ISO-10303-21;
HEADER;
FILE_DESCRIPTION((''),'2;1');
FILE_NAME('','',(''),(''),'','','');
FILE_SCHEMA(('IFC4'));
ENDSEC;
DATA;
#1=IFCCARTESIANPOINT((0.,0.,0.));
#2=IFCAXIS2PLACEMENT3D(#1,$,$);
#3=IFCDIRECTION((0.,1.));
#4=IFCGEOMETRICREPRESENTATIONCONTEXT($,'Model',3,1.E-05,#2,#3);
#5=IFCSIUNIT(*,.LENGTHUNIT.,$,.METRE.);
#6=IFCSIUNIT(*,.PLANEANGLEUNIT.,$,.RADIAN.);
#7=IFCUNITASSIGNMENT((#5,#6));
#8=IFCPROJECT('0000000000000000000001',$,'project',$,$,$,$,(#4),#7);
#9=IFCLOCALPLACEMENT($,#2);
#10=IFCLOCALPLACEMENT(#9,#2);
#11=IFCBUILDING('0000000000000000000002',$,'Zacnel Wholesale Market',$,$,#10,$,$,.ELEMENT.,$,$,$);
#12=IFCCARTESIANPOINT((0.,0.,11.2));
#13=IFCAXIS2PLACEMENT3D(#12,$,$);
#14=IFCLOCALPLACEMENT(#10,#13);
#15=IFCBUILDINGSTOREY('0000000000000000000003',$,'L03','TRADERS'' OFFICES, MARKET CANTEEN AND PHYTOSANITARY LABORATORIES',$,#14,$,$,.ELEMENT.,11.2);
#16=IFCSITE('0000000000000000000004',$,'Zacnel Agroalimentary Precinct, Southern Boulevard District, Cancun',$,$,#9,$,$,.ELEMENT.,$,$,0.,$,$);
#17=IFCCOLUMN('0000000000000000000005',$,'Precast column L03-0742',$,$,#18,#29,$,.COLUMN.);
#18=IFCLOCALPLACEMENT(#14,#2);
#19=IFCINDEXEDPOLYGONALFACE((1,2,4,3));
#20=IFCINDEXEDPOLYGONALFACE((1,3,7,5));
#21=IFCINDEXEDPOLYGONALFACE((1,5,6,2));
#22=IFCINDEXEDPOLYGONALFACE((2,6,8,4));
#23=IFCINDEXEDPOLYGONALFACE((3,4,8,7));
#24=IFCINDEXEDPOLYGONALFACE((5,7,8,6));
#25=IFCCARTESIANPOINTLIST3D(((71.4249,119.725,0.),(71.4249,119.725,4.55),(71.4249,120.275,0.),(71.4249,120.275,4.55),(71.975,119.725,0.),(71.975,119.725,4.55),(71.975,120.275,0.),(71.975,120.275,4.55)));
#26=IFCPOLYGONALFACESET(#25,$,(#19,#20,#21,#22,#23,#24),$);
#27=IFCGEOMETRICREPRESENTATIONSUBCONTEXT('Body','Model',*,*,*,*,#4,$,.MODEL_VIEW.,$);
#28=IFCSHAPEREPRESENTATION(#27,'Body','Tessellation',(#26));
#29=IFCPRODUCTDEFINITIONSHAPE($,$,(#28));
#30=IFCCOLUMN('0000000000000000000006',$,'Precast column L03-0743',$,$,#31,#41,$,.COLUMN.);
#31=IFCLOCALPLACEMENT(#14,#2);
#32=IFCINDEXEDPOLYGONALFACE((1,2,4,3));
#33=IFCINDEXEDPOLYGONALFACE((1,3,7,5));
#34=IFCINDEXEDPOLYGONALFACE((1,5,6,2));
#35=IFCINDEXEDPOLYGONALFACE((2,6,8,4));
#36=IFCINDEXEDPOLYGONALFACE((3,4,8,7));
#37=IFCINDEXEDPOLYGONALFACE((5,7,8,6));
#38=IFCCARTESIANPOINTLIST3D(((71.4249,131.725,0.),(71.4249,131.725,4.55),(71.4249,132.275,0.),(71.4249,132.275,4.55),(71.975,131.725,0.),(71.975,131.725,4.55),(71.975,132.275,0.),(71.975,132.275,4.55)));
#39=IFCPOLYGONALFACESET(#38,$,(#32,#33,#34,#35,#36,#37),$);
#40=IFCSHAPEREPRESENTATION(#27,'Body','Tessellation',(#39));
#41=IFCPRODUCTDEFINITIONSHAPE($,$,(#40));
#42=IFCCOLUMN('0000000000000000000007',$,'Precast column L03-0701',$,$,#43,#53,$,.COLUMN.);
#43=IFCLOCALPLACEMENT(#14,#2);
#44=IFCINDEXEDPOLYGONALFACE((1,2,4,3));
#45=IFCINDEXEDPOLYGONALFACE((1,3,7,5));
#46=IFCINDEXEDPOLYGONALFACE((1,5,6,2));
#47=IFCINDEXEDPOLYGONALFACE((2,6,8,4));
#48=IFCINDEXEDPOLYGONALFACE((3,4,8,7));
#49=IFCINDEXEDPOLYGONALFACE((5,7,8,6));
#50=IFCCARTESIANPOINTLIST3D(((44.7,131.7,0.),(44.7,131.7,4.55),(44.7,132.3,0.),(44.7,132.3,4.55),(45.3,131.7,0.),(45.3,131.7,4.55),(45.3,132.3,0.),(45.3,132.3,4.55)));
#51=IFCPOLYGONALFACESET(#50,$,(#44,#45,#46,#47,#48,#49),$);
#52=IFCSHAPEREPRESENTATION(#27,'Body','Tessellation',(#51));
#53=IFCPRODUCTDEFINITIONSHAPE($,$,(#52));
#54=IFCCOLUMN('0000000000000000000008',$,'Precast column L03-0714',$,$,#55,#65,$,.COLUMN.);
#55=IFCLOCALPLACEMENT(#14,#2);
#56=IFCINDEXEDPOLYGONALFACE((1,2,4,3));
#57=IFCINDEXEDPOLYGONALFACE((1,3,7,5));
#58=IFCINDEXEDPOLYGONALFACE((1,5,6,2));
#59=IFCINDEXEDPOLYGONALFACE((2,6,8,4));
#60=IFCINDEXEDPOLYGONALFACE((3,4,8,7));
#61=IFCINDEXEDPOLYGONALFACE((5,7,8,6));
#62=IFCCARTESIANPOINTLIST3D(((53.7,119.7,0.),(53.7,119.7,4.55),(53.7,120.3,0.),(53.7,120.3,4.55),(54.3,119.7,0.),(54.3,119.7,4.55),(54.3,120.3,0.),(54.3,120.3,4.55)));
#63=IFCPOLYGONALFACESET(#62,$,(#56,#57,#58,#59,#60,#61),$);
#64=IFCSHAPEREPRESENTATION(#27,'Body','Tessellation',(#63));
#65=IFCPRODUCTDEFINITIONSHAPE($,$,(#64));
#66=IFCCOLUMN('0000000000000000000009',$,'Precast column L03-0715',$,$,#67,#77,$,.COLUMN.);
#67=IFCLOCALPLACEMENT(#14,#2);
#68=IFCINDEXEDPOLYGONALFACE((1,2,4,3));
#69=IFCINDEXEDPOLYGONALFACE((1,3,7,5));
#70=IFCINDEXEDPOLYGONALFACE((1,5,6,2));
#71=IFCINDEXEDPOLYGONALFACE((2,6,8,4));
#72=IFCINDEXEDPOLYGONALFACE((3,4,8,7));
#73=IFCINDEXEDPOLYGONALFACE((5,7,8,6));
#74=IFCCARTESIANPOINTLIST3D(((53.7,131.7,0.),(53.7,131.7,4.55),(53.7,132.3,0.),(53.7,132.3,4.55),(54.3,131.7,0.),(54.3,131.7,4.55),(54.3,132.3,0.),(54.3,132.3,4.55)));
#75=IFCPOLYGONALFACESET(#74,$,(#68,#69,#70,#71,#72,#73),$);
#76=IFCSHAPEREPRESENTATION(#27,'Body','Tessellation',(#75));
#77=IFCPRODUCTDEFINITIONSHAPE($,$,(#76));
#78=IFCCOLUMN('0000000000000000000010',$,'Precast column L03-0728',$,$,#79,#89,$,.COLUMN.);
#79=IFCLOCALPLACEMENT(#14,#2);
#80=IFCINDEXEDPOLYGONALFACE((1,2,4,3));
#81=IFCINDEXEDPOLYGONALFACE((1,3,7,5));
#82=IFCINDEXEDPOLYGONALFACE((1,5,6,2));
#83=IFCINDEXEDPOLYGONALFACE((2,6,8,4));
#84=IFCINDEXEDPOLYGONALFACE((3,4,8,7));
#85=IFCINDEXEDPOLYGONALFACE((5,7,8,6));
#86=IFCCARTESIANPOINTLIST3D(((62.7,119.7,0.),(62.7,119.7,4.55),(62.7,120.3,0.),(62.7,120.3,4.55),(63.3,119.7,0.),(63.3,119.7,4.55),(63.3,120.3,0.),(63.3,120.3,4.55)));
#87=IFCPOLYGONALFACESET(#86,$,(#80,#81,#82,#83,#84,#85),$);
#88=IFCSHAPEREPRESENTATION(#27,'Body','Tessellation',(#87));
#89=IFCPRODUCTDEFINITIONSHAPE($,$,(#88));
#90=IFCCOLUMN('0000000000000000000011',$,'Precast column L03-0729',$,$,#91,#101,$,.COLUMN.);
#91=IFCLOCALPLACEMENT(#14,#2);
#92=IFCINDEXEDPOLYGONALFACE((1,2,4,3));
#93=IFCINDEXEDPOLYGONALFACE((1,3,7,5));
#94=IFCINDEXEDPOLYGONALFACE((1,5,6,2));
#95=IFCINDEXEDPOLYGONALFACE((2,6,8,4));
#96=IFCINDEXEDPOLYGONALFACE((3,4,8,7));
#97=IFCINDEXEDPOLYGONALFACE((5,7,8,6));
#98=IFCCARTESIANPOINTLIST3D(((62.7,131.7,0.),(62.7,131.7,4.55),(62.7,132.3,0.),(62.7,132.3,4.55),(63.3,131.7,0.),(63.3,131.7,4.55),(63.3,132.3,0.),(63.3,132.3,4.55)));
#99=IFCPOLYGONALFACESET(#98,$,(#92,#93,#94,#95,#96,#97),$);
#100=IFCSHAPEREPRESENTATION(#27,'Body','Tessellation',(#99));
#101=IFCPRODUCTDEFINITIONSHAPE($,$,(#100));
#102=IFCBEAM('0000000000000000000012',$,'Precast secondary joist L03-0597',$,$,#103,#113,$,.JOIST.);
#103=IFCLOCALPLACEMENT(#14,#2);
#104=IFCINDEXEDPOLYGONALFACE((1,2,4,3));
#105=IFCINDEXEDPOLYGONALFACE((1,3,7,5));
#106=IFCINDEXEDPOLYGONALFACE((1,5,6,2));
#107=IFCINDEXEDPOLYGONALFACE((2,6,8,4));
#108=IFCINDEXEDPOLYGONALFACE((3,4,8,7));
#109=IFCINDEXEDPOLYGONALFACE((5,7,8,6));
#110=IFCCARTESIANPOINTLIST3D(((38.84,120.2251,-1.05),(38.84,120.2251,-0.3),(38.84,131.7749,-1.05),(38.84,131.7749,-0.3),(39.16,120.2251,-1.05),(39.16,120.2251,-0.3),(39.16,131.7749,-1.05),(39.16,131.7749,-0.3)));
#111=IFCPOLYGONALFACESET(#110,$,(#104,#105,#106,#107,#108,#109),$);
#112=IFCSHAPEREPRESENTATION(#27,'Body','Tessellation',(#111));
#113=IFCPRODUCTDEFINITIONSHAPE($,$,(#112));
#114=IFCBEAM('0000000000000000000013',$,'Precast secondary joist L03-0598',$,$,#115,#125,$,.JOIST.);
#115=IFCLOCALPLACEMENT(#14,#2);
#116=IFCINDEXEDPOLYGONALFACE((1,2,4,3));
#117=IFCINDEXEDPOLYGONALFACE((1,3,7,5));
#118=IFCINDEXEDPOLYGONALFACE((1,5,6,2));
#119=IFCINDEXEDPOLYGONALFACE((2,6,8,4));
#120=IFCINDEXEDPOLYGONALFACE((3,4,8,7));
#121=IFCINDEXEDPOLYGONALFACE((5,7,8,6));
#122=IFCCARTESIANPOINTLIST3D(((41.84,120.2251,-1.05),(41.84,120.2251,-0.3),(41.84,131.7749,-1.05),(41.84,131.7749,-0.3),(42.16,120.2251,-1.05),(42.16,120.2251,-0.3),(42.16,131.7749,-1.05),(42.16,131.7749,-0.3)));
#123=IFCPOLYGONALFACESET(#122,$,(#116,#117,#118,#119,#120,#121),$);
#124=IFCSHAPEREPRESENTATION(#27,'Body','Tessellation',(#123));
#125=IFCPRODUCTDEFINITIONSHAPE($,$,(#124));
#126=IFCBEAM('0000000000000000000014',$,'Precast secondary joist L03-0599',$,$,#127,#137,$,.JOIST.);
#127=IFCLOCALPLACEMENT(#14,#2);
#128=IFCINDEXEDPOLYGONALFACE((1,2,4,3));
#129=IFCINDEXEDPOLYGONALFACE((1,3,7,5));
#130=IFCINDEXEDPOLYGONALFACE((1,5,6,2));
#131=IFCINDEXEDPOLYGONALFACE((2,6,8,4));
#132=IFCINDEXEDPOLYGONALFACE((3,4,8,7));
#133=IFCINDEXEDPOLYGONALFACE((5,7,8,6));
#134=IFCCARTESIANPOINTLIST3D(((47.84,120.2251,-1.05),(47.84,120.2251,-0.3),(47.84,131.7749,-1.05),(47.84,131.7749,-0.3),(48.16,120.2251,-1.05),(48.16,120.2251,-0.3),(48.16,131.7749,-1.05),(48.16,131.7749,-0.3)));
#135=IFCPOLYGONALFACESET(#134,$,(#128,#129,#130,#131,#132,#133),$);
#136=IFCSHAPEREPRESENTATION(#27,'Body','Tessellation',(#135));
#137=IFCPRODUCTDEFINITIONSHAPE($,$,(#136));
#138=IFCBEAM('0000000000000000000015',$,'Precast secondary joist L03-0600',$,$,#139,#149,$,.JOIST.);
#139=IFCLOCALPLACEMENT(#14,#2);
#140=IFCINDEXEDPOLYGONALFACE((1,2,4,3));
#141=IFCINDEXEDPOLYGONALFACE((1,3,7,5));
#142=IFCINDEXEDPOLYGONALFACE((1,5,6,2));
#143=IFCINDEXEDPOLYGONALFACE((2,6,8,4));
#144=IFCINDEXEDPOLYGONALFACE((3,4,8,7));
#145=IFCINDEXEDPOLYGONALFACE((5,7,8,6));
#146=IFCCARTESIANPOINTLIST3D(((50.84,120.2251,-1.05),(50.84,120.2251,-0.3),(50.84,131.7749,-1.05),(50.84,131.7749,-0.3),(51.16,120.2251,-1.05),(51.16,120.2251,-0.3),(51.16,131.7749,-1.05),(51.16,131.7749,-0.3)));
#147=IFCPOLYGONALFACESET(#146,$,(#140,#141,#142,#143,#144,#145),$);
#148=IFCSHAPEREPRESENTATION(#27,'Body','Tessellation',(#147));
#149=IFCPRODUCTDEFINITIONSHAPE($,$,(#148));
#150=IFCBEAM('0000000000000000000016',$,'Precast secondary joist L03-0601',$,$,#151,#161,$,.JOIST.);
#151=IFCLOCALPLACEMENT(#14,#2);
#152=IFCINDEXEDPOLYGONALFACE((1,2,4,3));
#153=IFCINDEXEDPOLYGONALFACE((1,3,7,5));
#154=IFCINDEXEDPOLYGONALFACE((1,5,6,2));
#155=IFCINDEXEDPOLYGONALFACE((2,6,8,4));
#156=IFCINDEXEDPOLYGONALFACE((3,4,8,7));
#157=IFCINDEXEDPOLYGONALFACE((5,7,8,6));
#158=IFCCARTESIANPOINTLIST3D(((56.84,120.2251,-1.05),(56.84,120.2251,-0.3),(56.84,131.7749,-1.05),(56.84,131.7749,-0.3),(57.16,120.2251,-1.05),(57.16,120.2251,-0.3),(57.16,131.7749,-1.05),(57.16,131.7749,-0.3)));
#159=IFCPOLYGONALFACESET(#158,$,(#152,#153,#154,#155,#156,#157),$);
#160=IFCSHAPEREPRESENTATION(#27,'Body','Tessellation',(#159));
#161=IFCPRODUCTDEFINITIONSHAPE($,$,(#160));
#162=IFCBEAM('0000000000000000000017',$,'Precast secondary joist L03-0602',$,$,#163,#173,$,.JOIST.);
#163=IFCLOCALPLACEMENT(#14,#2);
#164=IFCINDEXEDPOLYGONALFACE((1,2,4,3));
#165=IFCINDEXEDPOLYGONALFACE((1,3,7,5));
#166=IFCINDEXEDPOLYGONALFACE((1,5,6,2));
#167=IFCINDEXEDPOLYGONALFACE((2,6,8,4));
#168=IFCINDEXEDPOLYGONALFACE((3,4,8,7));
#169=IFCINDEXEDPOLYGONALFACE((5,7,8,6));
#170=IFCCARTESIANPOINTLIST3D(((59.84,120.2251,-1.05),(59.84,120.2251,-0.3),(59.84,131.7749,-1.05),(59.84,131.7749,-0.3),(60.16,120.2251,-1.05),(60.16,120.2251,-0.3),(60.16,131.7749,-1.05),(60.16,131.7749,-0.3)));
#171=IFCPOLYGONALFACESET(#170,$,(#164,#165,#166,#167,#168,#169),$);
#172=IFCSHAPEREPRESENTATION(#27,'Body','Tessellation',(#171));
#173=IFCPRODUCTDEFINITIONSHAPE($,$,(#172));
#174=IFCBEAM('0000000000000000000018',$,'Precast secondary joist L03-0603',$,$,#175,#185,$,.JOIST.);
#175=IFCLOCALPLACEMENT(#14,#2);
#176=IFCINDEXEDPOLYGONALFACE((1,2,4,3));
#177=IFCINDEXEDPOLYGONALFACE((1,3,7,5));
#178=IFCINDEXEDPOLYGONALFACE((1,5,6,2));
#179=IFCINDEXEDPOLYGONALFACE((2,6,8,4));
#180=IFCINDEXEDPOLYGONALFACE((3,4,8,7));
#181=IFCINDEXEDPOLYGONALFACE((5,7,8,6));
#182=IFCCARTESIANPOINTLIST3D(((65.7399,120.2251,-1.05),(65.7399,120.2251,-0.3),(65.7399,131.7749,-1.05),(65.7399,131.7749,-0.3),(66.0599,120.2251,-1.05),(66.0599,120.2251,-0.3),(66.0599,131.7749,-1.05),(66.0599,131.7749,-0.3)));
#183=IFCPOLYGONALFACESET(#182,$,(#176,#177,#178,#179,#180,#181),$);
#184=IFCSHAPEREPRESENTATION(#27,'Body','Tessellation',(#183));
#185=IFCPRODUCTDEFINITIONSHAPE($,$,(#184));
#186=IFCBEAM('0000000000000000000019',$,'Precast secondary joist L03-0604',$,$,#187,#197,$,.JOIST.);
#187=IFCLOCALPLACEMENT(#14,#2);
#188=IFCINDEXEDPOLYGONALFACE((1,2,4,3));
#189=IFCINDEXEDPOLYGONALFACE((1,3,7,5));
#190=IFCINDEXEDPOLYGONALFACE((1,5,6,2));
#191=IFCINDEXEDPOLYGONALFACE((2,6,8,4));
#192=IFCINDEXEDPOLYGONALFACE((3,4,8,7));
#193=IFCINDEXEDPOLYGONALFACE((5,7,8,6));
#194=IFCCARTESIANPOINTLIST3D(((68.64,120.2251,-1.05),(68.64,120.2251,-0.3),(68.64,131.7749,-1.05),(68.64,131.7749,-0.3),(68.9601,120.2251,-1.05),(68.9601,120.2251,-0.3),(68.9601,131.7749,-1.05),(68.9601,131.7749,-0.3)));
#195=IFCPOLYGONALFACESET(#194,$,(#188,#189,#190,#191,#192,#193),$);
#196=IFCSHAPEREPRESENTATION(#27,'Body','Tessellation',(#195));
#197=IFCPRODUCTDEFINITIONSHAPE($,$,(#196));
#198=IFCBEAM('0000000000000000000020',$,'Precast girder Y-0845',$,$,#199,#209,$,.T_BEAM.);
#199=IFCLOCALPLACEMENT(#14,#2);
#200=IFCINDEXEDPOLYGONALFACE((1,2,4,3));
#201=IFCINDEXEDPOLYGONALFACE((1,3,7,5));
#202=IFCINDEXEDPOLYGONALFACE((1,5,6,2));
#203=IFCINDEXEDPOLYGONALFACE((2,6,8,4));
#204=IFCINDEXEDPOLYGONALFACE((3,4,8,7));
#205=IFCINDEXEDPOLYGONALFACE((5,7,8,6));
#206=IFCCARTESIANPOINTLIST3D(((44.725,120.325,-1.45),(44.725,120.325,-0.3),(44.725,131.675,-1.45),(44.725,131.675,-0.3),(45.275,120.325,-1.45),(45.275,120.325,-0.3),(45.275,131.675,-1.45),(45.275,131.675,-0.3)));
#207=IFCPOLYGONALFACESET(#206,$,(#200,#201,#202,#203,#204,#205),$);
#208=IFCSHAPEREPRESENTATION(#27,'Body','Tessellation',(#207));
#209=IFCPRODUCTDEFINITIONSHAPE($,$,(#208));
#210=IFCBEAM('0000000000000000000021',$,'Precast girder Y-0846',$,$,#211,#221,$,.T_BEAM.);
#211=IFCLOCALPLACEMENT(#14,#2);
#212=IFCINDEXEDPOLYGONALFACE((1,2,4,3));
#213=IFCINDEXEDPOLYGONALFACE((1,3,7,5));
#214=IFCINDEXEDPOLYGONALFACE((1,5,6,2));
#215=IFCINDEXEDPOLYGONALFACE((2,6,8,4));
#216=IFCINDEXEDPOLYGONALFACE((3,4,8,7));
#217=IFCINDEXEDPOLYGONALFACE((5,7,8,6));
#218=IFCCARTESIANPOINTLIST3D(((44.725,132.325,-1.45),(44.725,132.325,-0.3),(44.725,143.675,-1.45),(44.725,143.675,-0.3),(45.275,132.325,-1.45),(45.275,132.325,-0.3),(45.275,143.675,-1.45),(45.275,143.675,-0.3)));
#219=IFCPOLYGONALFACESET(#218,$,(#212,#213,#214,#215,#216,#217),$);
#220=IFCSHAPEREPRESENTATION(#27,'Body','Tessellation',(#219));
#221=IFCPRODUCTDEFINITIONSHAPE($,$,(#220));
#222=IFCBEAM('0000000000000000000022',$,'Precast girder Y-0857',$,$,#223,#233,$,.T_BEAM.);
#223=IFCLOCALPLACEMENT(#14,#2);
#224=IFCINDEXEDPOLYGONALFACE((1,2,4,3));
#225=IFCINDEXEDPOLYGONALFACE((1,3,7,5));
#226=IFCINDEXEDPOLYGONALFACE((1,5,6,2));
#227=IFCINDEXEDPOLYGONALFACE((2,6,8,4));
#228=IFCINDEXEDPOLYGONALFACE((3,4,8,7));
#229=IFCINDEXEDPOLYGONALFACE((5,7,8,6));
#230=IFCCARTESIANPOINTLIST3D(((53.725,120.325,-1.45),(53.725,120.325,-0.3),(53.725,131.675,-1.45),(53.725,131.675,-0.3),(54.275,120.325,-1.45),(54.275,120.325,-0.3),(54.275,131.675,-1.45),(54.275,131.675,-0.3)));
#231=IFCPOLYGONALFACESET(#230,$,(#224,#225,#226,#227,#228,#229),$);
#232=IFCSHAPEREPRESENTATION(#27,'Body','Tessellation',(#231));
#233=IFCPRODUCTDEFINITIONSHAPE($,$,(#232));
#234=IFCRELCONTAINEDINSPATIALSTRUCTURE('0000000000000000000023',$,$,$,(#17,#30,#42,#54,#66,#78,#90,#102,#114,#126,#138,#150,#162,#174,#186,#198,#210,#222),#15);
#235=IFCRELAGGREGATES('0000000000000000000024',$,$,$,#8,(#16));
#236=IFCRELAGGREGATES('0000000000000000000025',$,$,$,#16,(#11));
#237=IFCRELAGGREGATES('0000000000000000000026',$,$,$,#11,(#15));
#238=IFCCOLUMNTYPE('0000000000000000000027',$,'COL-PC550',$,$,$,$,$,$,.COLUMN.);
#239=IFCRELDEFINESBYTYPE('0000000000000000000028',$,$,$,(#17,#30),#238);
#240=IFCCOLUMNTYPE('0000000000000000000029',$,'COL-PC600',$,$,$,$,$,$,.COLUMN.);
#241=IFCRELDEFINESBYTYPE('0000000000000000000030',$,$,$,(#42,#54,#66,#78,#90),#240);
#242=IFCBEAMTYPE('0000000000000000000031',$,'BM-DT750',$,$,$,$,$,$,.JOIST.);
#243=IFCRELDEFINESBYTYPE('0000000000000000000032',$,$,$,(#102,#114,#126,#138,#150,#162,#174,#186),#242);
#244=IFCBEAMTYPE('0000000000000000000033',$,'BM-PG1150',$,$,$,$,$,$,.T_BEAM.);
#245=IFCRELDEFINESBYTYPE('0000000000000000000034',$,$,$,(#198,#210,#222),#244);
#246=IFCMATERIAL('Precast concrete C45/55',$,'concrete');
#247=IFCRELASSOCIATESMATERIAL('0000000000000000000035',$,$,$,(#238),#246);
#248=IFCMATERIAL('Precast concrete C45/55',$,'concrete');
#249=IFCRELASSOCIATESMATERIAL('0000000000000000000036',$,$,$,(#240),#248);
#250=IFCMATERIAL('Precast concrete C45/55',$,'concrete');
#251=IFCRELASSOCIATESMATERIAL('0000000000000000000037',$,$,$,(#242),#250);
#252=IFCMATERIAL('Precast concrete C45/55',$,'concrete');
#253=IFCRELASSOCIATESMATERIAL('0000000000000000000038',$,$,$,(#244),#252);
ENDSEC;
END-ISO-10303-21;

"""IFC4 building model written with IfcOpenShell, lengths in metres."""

from ifc_helpers import new_model, si_unit, direction, frame, origin, origin_2d, place, context, subcontext, project, spatial, rectangle, extrude, material, material_profile, profile_set, type_object, element, save


model = new_model("IFC4")

# Units and contexts
model_context = context("Model", 3, precision=1e-05, world=origin(), true_north=direction((0.0, 1.0)))
body_context = subcontext(model_context, "Body", "Model", "MODEL_VIEW")
ifc_project = project(units=[si_unit("LENGTHUNIT", "METRE"), si_unit("PLANEANGLEUNIT", "RADIAN")], contexts=[model_context])

# Site, building, storey
site_placement = place(None, origin())
site = spatial("IfcSite", under=ifc_project, at=site_placement, Name="Zacnel Agroalimentary Precinct, Southern Boulevard District, Cancun", CompositionType="ELEMENT", RefElevation=0.0)
building_placement = place(site_placement, origin())
building = spatial("IfcBuilding", under=site, at=building_placement, Name="Zacnel Wholesale Market", CompositionType="ELEMENT")
storey_placement = place(building_placement, frame((0.0, 0.0, 11.2)))
storey = spatial("IfcBuildingStorey", under=building, at=storey_placement, Name="L03", Description="TRADERS' OFFICES, MARKET CANTEEN AND PHYTOSANITARY LABORATORIES", CompositionType="ELEMENT", Elevation=11.2)

# Columns
ifc_material_1 = material(Name="Precast concrete C45/55", Category="concrete")
ifc_material_profile_1 = material_profile(ifc_material_1, rectangle(XDim=0.55, YDim=0.55, at=origin_2d()), Name="PC 550x550")
ifc_profile_set_1 = profile_set([ifc_material_profile_1], Name="Precast concrete C45/55")
column_type_1 = type_object("IfcColumnType", Name="COL-PC550", PredefinedType="COLUMN", material=ifc_profile_set_1)
for number, where, z_axis, x_axis, name in (
    (1, (71.7, 120.0, 0.0), (0.0, 0.0, 1.0), (1.0, 0.0, 0.0), "Precast column L03-0742"),
    (2, (71.7, 132.0, 0.0), (0.0, 0.0, 1.0), (1.0, 0.0, 0.0), "Precast column L03-0743"),
):
    element("IfcColumn", number, at=place(storey_placement, frame(where, z_axis=z_axis, x_axis=x_axis)), inside=storey, type_object=column_type_1, Name=name, PredefinedType="COLUMN", context=body_context, shape_type="SweptSolid", body=[
        extrude(rectangle(XDim=0.55, YDim=0.55, at=origin_2d()), origin(), (0.0, 0.0, 1.0), 4.55),
    ])
ifc_material_2 = material(Name="Precast concrete C45/55", Category="concrete")
ifc_material_profile_2 = material_profile(ifc_material_2, rectangle(XDim=0.6001, YDim=0.6001, at=origin_2d()), Name="PC 600x600")
ifc_profile_set_2 = profile_set([ifc_material_profile_2], Name="Precast concrete C45/55")
column_type_2 = type_object("IfcColumnType", Name="COL-PC600", PredefinedType="COLUMN", material=ifc_profile_set_2)
for number, where, z_axis, x_axis, name in (
    (3, (45.0, 132.0, 0.0), (0.0, 0.0, 1.0), (1.0, 0.0, 0.0), "Precast column L03-0701"),
    (4, (54.0, 120.0, 0.0), (0.0, 0.0, 1.0), (1.0, 0.0, 0.0), "Precast column L03-0714"),
    (5, (54.0, 132.0, 0.0), (0.0, 0.0, 1.0), (1.0, 0.0, 0.0), "Precast column L03-0715"),
    (6, (63.0, 120.0, 0.0), (0.0, 0.0, 1.0), (1.0, 0.0, 0.0), "Precast column L03-0728"),
    (7, (63.0, 132.0, 0.0), (0.0, 0.0, 1.0), (1.0, 0.0, 0.0), "Precast column L03-0729"),
):
    element("IfcColumn", number, at=place(storey_placement, frame(where, z_axis=z_axis, x_axis=x_axis)), inside=storey, type_object=column_type_2, Name=name, PredefinedType="COLUMN", context=body_context, shape_type="SweptSolid", body=[
        extrude(rectangle(XDim=0.6001, YDim=0.6001, at=origin_2d()), origin(), (0.0, 0.0, 1.0), 4.55),
    ])

# Beams
ifc_material_3 = material(Name="Precast concrete C45/55", Category="concrete")
ifc_material_profile_3 = material_profile(ifc_material_3, rectangle(XDim=0.3201, YDim=0.75, at=origin_2d()), Name="DT RIB 320x750")
ifc_profile_set_3 = profile_set([ifc_material_profile_3], Name="Precast concrete C45/55")
beam_type_1 = type_object("IfcBeamType", Name="BM-DT750", PredefinedType="JOIST", material=ifc_profile_set_3)
for number, where, z_axis, x_axis, name in (
    (8, (39.0, 120.2251, -0.675), (0.0, 1.0, 0.0), (-1.0, 0.0, 0.0), "Precast secondary joist L03-0597"),
    (9, (42.0, 120.2251, -0.675), (0.0, 1.0, 0.0), (-1.0, 0.0, 0.0), "Precast secondary joist L03-0598"),
    (10, (48.0, 120.2251, -0.675), (0.0, 1.0, 0.0), (-1.0, 0.0, 0.0), "Precast secondary joist L03-0599"),
    (11, (51.0, 120.2251, -0.675), (0.0, 1.0, 0.0), (-1.0, 0.0, 0.0), "Precast secondary joist L03-0600"),
    (12, (57.0, 120.2251, -0.675), (0.0, 1.0, 0.0), (-1.0, 0.0, 0.0), "Precast secondary joist L03-0601"),
    (13, (60.0, 120.2251, -0.675), (0.0, 1.0, 0.0), (-1.0, 0.0, 0.0), "Precast secondary joist L03-0602"),
    (14, (65.8999, 120.2251, -0.675), (0.0, 1.0, 0.0), (-1.0, 0.0, 0.0), "Precast secondary joist L03-0603"),
    (15, (68.8, 120.2251, -0.675), (0.0, 1.0, 0.0), (-1.0, 0.0, 0.0), "Precast secondary joist L03-0604"),
):
    element("IfcBeam", number, at=place(storey_placement, frame(where, z_axis=z_axis, x_axis=x_axis)), inside=storey, type_object=beam_type_1, Name=name, PredefinedType="JOIST", context=body_context, shape_type="SweptSolid", body=[
        extrude(rectangle(XDim=0.3201, YDim=0.75, at=origin_2d()), origin(), (0.0, 0.0, 1.0), 11.5498),
    ])
ifc_material_4 = material(Name="Precast concrete C45/55", Category="concrete")
ifc_material_profile_4 = material_profile(ifc_material_4, rectangle(XDim=0.55, YDim=1.1499, at=origin_2d()), Name="PG 550x1150")
ifc_profile_set_4 = profile_set([ifc_material_profile_4], Name="Precast concrete C45/55")
beam_type_2 = type_object("IfcBeamType", Name="BM-PG1150", PredefinedType="T_BEAM", material=ifc_profile_set_4)
for number, where, z_axis, x_axis, name in (
    (16, (45.0, 120.325, -0.875), (0.0, 1.0, 0.0), (-1.0, 0.0, 0.0), "Precast girder Y-0845"),
    (17, (45.0, 132.325, -0.875), (0.0, 1.0, 0.0), (-1.0, 0.0, 0.0), "Precast girder Y-0846"),
    (18, (54.0, 120.325, -0.875), (0.0, 1.0, 0.0), (-1.0, 0.0, 0.0), "Precast girder Y-0857"),
):
    element("IfcBeam", number, at=place(storey_placement, frame(where, z_axis=z_axis, x_axis=x_axis)), inside=storey, type_object=beam_type_2, Name=name, PredefinedType="T_BEAM", context=body_context, shape_type="SweptSolid", body=[
        extrude(rectangle(XDim=0.55, YDim=1.1499, at=origin_2d()), origin(), (0.0, 0.0, 1.0), 11.3501),
    ])

save(model, "model.ifc")
